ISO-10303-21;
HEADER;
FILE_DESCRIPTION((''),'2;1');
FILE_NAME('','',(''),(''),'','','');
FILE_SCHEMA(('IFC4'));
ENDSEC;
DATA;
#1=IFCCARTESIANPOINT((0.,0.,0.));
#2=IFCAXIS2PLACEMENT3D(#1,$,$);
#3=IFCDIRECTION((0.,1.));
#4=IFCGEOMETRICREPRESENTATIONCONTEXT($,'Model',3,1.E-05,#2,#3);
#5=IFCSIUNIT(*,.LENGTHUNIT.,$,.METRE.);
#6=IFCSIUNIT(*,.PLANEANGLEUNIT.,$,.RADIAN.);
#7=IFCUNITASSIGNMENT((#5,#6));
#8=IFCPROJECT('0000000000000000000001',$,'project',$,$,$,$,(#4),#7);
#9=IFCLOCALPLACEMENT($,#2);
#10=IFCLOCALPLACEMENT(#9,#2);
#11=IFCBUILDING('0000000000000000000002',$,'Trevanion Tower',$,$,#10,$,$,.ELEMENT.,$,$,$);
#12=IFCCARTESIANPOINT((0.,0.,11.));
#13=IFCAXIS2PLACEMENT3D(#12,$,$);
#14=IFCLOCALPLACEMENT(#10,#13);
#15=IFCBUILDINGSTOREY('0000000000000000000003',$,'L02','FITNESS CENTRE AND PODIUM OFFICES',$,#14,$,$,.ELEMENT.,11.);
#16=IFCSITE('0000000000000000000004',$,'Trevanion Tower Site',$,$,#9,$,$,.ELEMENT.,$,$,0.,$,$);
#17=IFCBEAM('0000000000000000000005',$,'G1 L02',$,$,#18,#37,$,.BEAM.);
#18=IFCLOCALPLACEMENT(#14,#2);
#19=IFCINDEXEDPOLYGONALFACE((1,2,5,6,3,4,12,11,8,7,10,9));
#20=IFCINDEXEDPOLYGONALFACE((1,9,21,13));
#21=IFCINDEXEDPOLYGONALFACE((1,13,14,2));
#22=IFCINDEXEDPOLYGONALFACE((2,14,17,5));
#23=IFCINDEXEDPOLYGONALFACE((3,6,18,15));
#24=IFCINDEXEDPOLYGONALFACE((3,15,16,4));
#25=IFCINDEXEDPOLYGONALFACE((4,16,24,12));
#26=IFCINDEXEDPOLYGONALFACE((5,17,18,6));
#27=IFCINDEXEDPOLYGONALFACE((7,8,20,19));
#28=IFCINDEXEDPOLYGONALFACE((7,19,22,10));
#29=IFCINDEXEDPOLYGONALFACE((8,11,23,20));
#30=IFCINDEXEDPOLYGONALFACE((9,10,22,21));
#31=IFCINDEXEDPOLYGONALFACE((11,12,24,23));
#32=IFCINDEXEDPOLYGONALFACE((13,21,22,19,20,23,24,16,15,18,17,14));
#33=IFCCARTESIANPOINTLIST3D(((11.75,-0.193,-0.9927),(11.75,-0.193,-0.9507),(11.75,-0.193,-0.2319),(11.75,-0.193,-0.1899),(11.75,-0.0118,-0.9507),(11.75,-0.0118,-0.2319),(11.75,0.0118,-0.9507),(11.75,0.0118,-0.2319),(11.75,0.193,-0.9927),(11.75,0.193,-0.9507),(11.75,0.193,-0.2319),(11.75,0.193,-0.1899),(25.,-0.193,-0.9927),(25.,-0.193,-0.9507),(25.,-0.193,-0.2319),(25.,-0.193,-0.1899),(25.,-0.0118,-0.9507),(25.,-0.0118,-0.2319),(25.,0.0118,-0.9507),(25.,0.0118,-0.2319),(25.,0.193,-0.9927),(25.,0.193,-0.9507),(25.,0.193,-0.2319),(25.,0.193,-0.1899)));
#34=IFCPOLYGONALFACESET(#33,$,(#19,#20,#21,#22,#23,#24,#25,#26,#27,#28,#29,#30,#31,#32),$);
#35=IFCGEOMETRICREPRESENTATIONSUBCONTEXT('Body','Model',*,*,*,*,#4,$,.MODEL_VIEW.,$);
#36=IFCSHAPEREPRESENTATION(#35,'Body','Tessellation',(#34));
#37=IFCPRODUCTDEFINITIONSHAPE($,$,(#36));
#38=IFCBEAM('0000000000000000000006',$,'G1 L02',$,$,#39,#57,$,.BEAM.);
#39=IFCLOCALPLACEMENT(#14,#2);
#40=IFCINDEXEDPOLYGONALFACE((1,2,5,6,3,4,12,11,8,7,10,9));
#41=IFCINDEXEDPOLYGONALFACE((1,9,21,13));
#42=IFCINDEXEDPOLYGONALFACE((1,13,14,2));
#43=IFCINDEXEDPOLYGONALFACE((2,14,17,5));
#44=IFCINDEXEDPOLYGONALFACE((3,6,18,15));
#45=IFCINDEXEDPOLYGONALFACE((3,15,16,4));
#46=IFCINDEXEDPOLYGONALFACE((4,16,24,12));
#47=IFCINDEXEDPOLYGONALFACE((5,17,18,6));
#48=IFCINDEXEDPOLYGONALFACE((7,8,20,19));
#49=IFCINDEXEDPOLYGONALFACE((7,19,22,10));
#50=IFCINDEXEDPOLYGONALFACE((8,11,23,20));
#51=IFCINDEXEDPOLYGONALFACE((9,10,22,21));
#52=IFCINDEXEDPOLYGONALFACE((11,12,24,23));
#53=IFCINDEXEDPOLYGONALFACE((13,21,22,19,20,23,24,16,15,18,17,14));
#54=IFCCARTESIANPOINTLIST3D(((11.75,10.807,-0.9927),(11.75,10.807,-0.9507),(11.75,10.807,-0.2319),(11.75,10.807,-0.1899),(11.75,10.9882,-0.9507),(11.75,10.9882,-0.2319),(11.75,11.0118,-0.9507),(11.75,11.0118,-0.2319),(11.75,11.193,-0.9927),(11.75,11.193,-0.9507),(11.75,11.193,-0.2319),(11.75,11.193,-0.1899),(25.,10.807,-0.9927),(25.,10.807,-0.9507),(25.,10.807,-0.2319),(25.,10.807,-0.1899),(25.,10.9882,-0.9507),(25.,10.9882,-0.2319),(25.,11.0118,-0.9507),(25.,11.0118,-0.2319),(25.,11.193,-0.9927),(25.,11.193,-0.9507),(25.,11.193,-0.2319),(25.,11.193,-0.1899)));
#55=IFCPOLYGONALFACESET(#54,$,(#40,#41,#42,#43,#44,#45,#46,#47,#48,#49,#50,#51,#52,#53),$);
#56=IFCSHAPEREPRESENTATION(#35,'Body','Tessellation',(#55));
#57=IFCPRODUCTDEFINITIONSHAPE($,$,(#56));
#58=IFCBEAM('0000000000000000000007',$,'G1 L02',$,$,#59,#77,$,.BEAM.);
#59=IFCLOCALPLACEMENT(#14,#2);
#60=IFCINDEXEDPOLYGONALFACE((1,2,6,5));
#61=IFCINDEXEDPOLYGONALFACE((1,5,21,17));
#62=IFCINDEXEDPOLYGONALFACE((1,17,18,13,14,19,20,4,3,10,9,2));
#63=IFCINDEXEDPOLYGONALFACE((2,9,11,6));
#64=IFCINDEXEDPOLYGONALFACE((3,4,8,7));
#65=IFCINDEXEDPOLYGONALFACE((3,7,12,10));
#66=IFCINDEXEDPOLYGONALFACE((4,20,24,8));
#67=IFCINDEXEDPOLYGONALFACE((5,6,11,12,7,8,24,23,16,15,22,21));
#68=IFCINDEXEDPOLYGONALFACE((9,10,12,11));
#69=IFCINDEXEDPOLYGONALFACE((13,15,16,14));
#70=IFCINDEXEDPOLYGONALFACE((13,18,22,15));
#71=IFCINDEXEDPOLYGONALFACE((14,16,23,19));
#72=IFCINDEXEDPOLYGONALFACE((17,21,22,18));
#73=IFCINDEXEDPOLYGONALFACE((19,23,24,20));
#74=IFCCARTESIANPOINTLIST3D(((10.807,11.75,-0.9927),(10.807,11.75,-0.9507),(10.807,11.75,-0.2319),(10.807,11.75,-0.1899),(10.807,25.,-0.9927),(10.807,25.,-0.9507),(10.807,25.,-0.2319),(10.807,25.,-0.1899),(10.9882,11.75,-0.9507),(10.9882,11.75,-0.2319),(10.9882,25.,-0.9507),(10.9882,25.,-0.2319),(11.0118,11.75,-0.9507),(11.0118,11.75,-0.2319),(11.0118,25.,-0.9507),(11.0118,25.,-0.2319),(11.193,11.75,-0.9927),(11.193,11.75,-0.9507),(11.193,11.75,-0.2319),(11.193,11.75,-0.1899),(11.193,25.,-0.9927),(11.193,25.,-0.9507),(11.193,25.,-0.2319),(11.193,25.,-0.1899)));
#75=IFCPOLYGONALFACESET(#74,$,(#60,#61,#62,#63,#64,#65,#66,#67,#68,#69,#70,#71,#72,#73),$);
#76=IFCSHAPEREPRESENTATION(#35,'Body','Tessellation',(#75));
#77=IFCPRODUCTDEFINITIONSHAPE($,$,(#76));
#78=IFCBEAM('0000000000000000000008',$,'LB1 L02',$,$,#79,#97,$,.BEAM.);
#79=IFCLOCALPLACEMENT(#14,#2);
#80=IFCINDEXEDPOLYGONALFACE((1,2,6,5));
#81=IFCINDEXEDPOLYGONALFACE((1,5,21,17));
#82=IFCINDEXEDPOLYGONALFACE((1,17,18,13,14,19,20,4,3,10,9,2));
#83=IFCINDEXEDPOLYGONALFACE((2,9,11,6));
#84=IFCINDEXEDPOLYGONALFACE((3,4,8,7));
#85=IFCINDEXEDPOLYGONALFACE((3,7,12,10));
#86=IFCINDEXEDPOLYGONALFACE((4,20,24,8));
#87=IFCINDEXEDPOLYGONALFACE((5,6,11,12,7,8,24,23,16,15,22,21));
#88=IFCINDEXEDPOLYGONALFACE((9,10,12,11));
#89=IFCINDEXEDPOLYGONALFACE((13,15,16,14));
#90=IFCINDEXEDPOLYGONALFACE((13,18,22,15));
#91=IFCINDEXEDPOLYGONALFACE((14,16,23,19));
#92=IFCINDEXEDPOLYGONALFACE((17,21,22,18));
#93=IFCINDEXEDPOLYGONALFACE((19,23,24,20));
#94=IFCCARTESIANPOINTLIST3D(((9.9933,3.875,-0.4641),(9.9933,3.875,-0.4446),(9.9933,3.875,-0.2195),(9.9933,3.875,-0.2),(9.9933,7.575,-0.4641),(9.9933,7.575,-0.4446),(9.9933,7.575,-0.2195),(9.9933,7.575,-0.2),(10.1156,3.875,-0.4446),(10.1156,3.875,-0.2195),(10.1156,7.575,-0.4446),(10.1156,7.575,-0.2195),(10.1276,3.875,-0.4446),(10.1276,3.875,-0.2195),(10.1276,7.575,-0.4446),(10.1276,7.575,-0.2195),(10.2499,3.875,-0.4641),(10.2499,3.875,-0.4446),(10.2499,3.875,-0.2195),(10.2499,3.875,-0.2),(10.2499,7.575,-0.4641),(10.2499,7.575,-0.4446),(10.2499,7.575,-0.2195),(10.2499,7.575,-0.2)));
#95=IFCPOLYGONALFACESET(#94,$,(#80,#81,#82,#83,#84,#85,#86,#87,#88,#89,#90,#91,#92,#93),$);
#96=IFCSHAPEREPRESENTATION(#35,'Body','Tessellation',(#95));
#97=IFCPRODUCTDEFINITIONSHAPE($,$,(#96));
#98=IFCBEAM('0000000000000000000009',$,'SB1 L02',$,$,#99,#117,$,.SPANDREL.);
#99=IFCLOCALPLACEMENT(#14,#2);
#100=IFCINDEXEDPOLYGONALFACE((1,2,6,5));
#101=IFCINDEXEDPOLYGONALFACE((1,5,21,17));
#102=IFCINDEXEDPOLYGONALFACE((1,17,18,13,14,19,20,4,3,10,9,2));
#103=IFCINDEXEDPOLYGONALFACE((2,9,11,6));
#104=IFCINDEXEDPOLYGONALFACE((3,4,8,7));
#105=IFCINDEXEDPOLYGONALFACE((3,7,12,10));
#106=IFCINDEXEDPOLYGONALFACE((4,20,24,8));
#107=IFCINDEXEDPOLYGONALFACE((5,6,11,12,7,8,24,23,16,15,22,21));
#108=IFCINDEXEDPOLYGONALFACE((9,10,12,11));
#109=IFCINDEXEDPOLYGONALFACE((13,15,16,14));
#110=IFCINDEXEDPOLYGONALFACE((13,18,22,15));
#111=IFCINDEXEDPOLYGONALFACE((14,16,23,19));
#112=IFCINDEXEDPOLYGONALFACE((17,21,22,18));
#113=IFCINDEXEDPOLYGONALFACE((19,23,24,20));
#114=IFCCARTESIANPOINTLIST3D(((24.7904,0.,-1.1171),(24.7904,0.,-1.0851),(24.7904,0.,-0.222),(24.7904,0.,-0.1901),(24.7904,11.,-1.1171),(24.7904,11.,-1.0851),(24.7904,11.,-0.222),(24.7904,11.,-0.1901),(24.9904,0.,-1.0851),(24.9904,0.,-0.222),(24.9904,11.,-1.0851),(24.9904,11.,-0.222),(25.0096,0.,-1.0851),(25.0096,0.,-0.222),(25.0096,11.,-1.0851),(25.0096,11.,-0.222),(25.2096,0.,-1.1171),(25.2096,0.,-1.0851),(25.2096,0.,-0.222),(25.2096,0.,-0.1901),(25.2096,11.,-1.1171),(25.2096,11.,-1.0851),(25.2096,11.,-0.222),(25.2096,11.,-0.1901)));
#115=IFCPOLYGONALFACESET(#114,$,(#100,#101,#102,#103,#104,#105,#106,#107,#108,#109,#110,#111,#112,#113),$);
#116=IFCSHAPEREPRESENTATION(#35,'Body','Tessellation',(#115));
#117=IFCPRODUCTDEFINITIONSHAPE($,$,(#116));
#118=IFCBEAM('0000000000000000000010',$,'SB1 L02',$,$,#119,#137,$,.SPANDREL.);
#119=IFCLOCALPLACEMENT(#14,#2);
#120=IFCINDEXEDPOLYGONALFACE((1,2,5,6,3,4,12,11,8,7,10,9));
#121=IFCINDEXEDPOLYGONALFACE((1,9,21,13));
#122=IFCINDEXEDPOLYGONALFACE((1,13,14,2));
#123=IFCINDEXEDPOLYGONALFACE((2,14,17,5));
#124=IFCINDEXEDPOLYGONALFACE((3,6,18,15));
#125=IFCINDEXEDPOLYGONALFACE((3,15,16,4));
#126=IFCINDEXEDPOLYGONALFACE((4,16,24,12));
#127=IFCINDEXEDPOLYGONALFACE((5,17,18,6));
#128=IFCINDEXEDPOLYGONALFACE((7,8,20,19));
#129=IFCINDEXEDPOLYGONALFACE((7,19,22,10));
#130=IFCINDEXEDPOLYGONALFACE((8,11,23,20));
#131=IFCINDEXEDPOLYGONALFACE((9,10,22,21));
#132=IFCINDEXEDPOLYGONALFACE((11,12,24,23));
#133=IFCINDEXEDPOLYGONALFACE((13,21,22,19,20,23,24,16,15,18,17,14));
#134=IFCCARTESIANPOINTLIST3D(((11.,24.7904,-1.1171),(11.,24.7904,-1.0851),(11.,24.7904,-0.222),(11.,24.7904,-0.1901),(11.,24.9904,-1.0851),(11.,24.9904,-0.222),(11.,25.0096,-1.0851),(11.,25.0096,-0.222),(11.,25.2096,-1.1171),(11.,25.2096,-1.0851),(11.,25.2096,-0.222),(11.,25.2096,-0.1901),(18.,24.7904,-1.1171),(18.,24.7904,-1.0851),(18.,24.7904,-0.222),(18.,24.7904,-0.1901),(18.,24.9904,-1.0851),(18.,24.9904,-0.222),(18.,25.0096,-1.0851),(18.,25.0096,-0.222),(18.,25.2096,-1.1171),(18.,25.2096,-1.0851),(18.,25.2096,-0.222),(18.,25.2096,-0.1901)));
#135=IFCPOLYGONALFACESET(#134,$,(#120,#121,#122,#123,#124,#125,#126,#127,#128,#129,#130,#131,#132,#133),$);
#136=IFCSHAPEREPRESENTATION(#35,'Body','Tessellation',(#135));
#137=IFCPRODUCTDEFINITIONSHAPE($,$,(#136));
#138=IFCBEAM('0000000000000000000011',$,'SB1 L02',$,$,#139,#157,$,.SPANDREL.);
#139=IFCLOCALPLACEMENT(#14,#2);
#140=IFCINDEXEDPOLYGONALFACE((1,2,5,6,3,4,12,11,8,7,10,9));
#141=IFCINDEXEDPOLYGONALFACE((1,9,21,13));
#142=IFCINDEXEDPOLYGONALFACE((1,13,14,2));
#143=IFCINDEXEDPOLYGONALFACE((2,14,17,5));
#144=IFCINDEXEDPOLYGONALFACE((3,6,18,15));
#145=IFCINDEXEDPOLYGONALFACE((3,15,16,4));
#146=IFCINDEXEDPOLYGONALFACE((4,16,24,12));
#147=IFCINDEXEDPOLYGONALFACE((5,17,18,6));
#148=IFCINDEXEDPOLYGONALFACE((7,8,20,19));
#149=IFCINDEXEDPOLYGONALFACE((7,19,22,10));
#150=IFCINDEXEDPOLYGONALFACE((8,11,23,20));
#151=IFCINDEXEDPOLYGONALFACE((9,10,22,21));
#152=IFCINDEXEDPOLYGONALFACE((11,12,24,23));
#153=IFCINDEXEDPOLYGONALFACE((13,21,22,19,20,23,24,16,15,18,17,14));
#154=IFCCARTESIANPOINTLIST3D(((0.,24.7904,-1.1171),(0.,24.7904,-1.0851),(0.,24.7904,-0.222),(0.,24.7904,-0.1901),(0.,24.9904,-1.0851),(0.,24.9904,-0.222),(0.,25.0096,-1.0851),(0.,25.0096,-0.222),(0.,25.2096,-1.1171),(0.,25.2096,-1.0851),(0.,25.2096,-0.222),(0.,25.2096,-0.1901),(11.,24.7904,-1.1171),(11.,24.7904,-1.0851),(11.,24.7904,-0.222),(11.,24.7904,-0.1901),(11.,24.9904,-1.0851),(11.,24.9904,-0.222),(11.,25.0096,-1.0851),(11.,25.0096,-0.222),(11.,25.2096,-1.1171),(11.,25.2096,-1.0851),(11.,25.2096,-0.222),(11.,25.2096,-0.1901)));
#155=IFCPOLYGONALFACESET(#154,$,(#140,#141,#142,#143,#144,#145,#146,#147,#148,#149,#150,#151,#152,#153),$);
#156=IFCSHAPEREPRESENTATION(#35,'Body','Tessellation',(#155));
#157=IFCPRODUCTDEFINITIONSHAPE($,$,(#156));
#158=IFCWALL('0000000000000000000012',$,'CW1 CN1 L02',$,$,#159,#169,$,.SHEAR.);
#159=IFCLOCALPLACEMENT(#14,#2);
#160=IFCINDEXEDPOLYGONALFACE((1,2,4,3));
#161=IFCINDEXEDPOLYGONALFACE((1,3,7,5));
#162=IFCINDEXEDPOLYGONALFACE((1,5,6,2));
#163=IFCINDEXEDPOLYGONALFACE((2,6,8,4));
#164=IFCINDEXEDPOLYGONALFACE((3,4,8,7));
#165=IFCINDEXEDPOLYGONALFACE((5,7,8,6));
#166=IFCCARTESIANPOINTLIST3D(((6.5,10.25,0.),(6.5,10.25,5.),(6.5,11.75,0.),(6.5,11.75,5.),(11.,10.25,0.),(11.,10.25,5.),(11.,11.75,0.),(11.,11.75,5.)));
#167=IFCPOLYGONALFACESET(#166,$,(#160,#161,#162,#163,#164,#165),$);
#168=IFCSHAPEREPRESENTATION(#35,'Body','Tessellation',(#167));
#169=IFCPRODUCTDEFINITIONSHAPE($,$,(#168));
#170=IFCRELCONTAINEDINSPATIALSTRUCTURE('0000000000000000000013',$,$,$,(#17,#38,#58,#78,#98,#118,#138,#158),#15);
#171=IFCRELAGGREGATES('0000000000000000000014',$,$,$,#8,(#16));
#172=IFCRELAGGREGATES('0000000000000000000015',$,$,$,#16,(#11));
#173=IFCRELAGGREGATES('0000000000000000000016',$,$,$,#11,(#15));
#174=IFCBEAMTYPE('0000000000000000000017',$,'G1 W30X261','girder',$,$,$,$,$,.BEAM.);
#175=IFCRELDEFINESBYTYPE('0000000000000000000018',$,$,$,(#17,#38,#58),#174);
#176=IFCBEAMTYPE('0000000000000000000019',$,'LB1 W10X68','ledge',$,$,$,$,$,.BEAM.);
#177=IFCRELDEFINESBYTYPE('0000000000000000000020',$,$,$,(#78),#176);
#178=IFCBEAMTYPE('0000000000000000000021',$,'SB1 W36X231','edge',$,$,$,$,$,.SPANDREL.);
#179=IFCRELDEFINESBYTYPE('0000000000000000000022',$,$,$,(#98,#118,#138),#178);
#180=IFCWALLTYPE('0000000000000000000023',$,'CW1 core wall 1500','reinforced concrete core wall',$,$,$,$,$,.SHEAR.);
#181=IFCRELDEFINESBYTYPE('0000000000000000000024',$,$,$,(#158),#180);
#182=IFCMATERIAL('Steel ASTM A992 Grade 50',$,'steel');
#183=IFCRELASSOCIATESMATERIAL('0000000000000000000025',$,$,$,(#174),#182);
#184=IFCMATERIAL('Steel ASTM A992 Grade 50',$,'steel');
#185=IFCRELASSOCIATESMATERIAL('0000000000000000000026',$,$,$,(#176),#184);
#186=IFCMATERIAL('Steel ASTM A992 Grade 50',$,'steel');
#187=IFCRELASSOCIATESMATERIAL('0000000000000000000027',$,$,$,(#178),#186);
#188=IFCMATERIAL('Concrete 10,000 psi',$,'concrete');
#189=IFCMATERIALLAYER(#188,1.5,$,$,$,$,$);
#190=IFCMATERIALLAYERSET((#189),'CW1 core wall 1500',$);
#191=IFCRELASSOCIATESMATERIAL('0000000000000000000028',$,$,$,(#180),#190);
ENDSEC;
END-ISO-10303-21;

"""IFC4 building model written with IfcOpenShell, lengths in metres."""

from ifc_helpers import new_model, si_unit, direction, frame, frame_2d, origin, origin_2d, place, context, subcontext, project, spatial, rectangle, i_section, extrude, material, layer, layer_set, material_profile, profile_set, type_object, element, save


model = new_model("IFC4")

# Units and contexts
model_context = context("Model", 3, precision=1e-05, world=origin(), true_north=direction((0.0, 1.0)))
body_context = subcontext(model_context, "Body", "Model", "MODEL_VIEW")
ifc_project = project(units=[si_unit("LENGTHUNIT", "METRE"), si_unit("PLANEANGLEUNIT", "RADIAN")], contexts=[model_context])

# Site, building, storey
site_placement = place(None, origin())
site = spatial("IfcSite", under=ifc_project, at=site_placement, Name="Trevanion Tower Site", CompositionType="ELEMENT", RefElevation=0.0)
building_placement = place(site_placement, origin())
building = spatial("IfcBuilding", under=site, at=building_placement, Name="Trevanion Tower", CompositionType="ELEMENT")
storey_placement = place(building_placement, frame((0.0, 0.0, 11.0)))
storey = spatial("IfcBuildingStorey", under=building, at=storey_placement, Name="L02", Description="FITNESS CENTRE AND PODIUM OFFICES", CompositionType="ELEMENT", Elevation=11.0)

# Beams
ifc_material_1 = material(Name="Steel ASTM A992 Grade 50", Category="steel")
ifc_material_profile_1 = material_profile(ifc_material_1, i_section(OverallWidth=0.386, OverallDepth=0.8027, WebThickness=0.0237, FlangeThickness=0.042, at=origin_2d()), Name="W30X261")
ifc_profile_set_1 = profile_set([ifc_material_profile_1], Name="Steel ASTM A992 Grade 50")
beam_type_1 = type_object("IfcBeamType", Name="G1 W30X261", Description="girder", PredefinedType="BEAM", material=ifc_profile_set_1)
for number, where, z_axis, x_axis, name in (
    (1, (11.75, 0.0, -0.5913), (1.0, 0.0, 0.0), (0.0, 1.0, 0.0), "G1 L02"),
    (2, (11.75, 11.0, -0.5913), (1.0, 0.0, 0.0), (0.0, 1.0, 0.0), "G1 L02"),
    (3, (11.0, 11.75, -0.5913), (0.0, 1.0, 0.0), (-1.0, 0.0, 0.0), "G1 L02"),
):
    element("IfcBeam", number, at=place(storey_placement, frame(where, z_axis=z_axis, x_axis=x_axis)), inside=storey, type_object=beam_type_1, Name=name, PredefinedType="BEAM", context=body_context, shape_type="SweptSolid", body=[
        extrude(i_section(OverallWidth=0.386, OverallDepth=0.8027, WebThickness=0.0237, FlangeThickness=0.042, at=origin_2d()), origin(), (0.0, 0.0, 1.0), 13.25),
    ])
ifc_material_2 = material(Name="Steel ASTM A992 Grade 50", Category="steel")
ifc_material_profile_2 = material_profile(ifc_material_2, i_section(OverallWidth=0.2566, OverallDepth=0.2642, WebThickness=0.012, FlangeThickness=0.0195, at=origin_2d()), Name="W10X68")
ifc_profile_set_2 = profile_set([ifc_material_profile_2], Name="Steel ASTM A992 Grade 50")
beam_type_2 = type_object("IfcBeamType", Name="LB1 W10X68", Description="ledge", PredefinedType="BEAM", material=ifc_profile_set_2)
beam_1_placement = place(storey_placement, frame((10.1216, 3.875, -0.332), z_axis=(0.0, 1.0, 0.0), x_axis=(-1.0, 0.0, 0.0)))
element("IfcBeam", 4, at=beam_1_placement, inside=storey, type_object=beam_type_2, Name="LB1 L02", PredefinedType="BEAM", context=body_context, shape_type="SweptSolid", body=[
    extrude(i_section(OverallWidth=0.2566, OverallDepth=0.2642, WebThickness=0.012, FlangeThickness=0.0195, at=origin_2d()), origin(), (0.0, 0.0, 1.0), 3.7),
])
ifc_material_3 = material(Name="Steel ASTM A992 Grade 50", Category="steel")
ifc_material_profile_3 = material_profile(ifc_material_3, i_section(OverallWidth=0.4192, OverallDepth=0.927, WebThickness=0.0193, FlangeThickness=0.032, at=origin_2d()), Name="W36X231")
ifc_profile_set_3 = profile_set([ifc_material_profile_3], Name="Steel ASTM A992 Grade 50")
beam_type_3 = type_object("IfcBeamType", Name="SB1 W36X231", Description="edge", PredefinedType="SPANDREL", material=ifc_profile_set_3)
beam_2_placement = place(storey_placement, frame((25.0, 0.0, -0.6536), z_axis=(0.0, 1.0, 0.0), x_axis=(-1.0, 0.0, 0.0)))
element("IfcBeam", 5, at=beam_2_placement, inside=storey, type_object=beam_type_3, Name="SB1 L02", PredefinedType="SPANDREL", context=body_context, shape_type="SweptSolid", body=[
    extrude(i_section(OverallWidth=0.4192, OverallDepth=0.927, WebThickness=0.0193, FlangeThickness=0.032, at=origin_2d()), origin(), (0.0, 0.0, 1.0), 11.0),
])
beam_3_placement = place(storey_placement, frame((18.0, 25.0, -0.6536), z_axis=(-1.0, 0.0, 0.0), x_axis=(0.0, -1.0, 0.0)))
element("IfcBeam", 6, at=beam_3_placement, inside=storey, type_object=beam_type_3, Name="SB1 L02", PredefinedType="SPANDREL", context=body_context, shape_type="SweptSolid", body=[
    extrude(i_section(OverallWidth=0.4192, OverallDepth=0.927, WebThickness=0.0193, FlangeThickness=0.032, at=origin_2d()), origin(), (0.0, 0.0, 1.0), 7.0),
])
beam_4_placement = place(storey_placement, frame((11.0, 25.0, -0.6536), z_axis=(-1.0, 0.0, 0.0), x_axis=(0.0, -1.0, 0.0)))
element("IfcBeam", 7, at=beam_4_placement, inside=storey, type_object=beam_type_3, Name="SB1 L02", PredefinedType="SPANDREL", context=body_context, shape_type="SweptSolid", body=[
    extrude(i_section(OverallWidth=0.4192, OverallDepth=0.927, WebThickness=0.0193, FlangeThickness=0.032, at=origin_2d()), origin(), (0.0, 0.0, 1.0), 11.0),
])

# Wall
ifc_material_4 = material(Name="Concrete 10,000 psi", Category="concrete")
ifc_layer = layer(ifc_material_4, 1.5)
ifc_layer_set = layer_set([ifc_layer], Name="CW1 core wall 1500")
wall_type = type_object("IfcWallType", Name="CW1 core wall 1500", Description="reinforced concrete core wall", PredefinedType="SHEAR", material=ifc_layer_set)
wall_placement = place(storey_placement, frame((11.0, 11.0, 0.0), z_axis=(0.0, 0.0, 1.0), x_axis=(-1.0, 0.0, 0.0)))
element("IfcWall", 8, at=wall_placement, inside=storey, type_object=wall_type, Name="CW1 CN1 L02", PredefinedType="SHEAR", context=body_context, shape_type="SweptSolid", body=[
    extrude(rectangle(XDim=4.5, YDim=1.5, at=frame_2d((2.25, 0.0))), origin(), (0.0, 0.0, 1.0), 5.0),
])

save(model, "model.ifc")
